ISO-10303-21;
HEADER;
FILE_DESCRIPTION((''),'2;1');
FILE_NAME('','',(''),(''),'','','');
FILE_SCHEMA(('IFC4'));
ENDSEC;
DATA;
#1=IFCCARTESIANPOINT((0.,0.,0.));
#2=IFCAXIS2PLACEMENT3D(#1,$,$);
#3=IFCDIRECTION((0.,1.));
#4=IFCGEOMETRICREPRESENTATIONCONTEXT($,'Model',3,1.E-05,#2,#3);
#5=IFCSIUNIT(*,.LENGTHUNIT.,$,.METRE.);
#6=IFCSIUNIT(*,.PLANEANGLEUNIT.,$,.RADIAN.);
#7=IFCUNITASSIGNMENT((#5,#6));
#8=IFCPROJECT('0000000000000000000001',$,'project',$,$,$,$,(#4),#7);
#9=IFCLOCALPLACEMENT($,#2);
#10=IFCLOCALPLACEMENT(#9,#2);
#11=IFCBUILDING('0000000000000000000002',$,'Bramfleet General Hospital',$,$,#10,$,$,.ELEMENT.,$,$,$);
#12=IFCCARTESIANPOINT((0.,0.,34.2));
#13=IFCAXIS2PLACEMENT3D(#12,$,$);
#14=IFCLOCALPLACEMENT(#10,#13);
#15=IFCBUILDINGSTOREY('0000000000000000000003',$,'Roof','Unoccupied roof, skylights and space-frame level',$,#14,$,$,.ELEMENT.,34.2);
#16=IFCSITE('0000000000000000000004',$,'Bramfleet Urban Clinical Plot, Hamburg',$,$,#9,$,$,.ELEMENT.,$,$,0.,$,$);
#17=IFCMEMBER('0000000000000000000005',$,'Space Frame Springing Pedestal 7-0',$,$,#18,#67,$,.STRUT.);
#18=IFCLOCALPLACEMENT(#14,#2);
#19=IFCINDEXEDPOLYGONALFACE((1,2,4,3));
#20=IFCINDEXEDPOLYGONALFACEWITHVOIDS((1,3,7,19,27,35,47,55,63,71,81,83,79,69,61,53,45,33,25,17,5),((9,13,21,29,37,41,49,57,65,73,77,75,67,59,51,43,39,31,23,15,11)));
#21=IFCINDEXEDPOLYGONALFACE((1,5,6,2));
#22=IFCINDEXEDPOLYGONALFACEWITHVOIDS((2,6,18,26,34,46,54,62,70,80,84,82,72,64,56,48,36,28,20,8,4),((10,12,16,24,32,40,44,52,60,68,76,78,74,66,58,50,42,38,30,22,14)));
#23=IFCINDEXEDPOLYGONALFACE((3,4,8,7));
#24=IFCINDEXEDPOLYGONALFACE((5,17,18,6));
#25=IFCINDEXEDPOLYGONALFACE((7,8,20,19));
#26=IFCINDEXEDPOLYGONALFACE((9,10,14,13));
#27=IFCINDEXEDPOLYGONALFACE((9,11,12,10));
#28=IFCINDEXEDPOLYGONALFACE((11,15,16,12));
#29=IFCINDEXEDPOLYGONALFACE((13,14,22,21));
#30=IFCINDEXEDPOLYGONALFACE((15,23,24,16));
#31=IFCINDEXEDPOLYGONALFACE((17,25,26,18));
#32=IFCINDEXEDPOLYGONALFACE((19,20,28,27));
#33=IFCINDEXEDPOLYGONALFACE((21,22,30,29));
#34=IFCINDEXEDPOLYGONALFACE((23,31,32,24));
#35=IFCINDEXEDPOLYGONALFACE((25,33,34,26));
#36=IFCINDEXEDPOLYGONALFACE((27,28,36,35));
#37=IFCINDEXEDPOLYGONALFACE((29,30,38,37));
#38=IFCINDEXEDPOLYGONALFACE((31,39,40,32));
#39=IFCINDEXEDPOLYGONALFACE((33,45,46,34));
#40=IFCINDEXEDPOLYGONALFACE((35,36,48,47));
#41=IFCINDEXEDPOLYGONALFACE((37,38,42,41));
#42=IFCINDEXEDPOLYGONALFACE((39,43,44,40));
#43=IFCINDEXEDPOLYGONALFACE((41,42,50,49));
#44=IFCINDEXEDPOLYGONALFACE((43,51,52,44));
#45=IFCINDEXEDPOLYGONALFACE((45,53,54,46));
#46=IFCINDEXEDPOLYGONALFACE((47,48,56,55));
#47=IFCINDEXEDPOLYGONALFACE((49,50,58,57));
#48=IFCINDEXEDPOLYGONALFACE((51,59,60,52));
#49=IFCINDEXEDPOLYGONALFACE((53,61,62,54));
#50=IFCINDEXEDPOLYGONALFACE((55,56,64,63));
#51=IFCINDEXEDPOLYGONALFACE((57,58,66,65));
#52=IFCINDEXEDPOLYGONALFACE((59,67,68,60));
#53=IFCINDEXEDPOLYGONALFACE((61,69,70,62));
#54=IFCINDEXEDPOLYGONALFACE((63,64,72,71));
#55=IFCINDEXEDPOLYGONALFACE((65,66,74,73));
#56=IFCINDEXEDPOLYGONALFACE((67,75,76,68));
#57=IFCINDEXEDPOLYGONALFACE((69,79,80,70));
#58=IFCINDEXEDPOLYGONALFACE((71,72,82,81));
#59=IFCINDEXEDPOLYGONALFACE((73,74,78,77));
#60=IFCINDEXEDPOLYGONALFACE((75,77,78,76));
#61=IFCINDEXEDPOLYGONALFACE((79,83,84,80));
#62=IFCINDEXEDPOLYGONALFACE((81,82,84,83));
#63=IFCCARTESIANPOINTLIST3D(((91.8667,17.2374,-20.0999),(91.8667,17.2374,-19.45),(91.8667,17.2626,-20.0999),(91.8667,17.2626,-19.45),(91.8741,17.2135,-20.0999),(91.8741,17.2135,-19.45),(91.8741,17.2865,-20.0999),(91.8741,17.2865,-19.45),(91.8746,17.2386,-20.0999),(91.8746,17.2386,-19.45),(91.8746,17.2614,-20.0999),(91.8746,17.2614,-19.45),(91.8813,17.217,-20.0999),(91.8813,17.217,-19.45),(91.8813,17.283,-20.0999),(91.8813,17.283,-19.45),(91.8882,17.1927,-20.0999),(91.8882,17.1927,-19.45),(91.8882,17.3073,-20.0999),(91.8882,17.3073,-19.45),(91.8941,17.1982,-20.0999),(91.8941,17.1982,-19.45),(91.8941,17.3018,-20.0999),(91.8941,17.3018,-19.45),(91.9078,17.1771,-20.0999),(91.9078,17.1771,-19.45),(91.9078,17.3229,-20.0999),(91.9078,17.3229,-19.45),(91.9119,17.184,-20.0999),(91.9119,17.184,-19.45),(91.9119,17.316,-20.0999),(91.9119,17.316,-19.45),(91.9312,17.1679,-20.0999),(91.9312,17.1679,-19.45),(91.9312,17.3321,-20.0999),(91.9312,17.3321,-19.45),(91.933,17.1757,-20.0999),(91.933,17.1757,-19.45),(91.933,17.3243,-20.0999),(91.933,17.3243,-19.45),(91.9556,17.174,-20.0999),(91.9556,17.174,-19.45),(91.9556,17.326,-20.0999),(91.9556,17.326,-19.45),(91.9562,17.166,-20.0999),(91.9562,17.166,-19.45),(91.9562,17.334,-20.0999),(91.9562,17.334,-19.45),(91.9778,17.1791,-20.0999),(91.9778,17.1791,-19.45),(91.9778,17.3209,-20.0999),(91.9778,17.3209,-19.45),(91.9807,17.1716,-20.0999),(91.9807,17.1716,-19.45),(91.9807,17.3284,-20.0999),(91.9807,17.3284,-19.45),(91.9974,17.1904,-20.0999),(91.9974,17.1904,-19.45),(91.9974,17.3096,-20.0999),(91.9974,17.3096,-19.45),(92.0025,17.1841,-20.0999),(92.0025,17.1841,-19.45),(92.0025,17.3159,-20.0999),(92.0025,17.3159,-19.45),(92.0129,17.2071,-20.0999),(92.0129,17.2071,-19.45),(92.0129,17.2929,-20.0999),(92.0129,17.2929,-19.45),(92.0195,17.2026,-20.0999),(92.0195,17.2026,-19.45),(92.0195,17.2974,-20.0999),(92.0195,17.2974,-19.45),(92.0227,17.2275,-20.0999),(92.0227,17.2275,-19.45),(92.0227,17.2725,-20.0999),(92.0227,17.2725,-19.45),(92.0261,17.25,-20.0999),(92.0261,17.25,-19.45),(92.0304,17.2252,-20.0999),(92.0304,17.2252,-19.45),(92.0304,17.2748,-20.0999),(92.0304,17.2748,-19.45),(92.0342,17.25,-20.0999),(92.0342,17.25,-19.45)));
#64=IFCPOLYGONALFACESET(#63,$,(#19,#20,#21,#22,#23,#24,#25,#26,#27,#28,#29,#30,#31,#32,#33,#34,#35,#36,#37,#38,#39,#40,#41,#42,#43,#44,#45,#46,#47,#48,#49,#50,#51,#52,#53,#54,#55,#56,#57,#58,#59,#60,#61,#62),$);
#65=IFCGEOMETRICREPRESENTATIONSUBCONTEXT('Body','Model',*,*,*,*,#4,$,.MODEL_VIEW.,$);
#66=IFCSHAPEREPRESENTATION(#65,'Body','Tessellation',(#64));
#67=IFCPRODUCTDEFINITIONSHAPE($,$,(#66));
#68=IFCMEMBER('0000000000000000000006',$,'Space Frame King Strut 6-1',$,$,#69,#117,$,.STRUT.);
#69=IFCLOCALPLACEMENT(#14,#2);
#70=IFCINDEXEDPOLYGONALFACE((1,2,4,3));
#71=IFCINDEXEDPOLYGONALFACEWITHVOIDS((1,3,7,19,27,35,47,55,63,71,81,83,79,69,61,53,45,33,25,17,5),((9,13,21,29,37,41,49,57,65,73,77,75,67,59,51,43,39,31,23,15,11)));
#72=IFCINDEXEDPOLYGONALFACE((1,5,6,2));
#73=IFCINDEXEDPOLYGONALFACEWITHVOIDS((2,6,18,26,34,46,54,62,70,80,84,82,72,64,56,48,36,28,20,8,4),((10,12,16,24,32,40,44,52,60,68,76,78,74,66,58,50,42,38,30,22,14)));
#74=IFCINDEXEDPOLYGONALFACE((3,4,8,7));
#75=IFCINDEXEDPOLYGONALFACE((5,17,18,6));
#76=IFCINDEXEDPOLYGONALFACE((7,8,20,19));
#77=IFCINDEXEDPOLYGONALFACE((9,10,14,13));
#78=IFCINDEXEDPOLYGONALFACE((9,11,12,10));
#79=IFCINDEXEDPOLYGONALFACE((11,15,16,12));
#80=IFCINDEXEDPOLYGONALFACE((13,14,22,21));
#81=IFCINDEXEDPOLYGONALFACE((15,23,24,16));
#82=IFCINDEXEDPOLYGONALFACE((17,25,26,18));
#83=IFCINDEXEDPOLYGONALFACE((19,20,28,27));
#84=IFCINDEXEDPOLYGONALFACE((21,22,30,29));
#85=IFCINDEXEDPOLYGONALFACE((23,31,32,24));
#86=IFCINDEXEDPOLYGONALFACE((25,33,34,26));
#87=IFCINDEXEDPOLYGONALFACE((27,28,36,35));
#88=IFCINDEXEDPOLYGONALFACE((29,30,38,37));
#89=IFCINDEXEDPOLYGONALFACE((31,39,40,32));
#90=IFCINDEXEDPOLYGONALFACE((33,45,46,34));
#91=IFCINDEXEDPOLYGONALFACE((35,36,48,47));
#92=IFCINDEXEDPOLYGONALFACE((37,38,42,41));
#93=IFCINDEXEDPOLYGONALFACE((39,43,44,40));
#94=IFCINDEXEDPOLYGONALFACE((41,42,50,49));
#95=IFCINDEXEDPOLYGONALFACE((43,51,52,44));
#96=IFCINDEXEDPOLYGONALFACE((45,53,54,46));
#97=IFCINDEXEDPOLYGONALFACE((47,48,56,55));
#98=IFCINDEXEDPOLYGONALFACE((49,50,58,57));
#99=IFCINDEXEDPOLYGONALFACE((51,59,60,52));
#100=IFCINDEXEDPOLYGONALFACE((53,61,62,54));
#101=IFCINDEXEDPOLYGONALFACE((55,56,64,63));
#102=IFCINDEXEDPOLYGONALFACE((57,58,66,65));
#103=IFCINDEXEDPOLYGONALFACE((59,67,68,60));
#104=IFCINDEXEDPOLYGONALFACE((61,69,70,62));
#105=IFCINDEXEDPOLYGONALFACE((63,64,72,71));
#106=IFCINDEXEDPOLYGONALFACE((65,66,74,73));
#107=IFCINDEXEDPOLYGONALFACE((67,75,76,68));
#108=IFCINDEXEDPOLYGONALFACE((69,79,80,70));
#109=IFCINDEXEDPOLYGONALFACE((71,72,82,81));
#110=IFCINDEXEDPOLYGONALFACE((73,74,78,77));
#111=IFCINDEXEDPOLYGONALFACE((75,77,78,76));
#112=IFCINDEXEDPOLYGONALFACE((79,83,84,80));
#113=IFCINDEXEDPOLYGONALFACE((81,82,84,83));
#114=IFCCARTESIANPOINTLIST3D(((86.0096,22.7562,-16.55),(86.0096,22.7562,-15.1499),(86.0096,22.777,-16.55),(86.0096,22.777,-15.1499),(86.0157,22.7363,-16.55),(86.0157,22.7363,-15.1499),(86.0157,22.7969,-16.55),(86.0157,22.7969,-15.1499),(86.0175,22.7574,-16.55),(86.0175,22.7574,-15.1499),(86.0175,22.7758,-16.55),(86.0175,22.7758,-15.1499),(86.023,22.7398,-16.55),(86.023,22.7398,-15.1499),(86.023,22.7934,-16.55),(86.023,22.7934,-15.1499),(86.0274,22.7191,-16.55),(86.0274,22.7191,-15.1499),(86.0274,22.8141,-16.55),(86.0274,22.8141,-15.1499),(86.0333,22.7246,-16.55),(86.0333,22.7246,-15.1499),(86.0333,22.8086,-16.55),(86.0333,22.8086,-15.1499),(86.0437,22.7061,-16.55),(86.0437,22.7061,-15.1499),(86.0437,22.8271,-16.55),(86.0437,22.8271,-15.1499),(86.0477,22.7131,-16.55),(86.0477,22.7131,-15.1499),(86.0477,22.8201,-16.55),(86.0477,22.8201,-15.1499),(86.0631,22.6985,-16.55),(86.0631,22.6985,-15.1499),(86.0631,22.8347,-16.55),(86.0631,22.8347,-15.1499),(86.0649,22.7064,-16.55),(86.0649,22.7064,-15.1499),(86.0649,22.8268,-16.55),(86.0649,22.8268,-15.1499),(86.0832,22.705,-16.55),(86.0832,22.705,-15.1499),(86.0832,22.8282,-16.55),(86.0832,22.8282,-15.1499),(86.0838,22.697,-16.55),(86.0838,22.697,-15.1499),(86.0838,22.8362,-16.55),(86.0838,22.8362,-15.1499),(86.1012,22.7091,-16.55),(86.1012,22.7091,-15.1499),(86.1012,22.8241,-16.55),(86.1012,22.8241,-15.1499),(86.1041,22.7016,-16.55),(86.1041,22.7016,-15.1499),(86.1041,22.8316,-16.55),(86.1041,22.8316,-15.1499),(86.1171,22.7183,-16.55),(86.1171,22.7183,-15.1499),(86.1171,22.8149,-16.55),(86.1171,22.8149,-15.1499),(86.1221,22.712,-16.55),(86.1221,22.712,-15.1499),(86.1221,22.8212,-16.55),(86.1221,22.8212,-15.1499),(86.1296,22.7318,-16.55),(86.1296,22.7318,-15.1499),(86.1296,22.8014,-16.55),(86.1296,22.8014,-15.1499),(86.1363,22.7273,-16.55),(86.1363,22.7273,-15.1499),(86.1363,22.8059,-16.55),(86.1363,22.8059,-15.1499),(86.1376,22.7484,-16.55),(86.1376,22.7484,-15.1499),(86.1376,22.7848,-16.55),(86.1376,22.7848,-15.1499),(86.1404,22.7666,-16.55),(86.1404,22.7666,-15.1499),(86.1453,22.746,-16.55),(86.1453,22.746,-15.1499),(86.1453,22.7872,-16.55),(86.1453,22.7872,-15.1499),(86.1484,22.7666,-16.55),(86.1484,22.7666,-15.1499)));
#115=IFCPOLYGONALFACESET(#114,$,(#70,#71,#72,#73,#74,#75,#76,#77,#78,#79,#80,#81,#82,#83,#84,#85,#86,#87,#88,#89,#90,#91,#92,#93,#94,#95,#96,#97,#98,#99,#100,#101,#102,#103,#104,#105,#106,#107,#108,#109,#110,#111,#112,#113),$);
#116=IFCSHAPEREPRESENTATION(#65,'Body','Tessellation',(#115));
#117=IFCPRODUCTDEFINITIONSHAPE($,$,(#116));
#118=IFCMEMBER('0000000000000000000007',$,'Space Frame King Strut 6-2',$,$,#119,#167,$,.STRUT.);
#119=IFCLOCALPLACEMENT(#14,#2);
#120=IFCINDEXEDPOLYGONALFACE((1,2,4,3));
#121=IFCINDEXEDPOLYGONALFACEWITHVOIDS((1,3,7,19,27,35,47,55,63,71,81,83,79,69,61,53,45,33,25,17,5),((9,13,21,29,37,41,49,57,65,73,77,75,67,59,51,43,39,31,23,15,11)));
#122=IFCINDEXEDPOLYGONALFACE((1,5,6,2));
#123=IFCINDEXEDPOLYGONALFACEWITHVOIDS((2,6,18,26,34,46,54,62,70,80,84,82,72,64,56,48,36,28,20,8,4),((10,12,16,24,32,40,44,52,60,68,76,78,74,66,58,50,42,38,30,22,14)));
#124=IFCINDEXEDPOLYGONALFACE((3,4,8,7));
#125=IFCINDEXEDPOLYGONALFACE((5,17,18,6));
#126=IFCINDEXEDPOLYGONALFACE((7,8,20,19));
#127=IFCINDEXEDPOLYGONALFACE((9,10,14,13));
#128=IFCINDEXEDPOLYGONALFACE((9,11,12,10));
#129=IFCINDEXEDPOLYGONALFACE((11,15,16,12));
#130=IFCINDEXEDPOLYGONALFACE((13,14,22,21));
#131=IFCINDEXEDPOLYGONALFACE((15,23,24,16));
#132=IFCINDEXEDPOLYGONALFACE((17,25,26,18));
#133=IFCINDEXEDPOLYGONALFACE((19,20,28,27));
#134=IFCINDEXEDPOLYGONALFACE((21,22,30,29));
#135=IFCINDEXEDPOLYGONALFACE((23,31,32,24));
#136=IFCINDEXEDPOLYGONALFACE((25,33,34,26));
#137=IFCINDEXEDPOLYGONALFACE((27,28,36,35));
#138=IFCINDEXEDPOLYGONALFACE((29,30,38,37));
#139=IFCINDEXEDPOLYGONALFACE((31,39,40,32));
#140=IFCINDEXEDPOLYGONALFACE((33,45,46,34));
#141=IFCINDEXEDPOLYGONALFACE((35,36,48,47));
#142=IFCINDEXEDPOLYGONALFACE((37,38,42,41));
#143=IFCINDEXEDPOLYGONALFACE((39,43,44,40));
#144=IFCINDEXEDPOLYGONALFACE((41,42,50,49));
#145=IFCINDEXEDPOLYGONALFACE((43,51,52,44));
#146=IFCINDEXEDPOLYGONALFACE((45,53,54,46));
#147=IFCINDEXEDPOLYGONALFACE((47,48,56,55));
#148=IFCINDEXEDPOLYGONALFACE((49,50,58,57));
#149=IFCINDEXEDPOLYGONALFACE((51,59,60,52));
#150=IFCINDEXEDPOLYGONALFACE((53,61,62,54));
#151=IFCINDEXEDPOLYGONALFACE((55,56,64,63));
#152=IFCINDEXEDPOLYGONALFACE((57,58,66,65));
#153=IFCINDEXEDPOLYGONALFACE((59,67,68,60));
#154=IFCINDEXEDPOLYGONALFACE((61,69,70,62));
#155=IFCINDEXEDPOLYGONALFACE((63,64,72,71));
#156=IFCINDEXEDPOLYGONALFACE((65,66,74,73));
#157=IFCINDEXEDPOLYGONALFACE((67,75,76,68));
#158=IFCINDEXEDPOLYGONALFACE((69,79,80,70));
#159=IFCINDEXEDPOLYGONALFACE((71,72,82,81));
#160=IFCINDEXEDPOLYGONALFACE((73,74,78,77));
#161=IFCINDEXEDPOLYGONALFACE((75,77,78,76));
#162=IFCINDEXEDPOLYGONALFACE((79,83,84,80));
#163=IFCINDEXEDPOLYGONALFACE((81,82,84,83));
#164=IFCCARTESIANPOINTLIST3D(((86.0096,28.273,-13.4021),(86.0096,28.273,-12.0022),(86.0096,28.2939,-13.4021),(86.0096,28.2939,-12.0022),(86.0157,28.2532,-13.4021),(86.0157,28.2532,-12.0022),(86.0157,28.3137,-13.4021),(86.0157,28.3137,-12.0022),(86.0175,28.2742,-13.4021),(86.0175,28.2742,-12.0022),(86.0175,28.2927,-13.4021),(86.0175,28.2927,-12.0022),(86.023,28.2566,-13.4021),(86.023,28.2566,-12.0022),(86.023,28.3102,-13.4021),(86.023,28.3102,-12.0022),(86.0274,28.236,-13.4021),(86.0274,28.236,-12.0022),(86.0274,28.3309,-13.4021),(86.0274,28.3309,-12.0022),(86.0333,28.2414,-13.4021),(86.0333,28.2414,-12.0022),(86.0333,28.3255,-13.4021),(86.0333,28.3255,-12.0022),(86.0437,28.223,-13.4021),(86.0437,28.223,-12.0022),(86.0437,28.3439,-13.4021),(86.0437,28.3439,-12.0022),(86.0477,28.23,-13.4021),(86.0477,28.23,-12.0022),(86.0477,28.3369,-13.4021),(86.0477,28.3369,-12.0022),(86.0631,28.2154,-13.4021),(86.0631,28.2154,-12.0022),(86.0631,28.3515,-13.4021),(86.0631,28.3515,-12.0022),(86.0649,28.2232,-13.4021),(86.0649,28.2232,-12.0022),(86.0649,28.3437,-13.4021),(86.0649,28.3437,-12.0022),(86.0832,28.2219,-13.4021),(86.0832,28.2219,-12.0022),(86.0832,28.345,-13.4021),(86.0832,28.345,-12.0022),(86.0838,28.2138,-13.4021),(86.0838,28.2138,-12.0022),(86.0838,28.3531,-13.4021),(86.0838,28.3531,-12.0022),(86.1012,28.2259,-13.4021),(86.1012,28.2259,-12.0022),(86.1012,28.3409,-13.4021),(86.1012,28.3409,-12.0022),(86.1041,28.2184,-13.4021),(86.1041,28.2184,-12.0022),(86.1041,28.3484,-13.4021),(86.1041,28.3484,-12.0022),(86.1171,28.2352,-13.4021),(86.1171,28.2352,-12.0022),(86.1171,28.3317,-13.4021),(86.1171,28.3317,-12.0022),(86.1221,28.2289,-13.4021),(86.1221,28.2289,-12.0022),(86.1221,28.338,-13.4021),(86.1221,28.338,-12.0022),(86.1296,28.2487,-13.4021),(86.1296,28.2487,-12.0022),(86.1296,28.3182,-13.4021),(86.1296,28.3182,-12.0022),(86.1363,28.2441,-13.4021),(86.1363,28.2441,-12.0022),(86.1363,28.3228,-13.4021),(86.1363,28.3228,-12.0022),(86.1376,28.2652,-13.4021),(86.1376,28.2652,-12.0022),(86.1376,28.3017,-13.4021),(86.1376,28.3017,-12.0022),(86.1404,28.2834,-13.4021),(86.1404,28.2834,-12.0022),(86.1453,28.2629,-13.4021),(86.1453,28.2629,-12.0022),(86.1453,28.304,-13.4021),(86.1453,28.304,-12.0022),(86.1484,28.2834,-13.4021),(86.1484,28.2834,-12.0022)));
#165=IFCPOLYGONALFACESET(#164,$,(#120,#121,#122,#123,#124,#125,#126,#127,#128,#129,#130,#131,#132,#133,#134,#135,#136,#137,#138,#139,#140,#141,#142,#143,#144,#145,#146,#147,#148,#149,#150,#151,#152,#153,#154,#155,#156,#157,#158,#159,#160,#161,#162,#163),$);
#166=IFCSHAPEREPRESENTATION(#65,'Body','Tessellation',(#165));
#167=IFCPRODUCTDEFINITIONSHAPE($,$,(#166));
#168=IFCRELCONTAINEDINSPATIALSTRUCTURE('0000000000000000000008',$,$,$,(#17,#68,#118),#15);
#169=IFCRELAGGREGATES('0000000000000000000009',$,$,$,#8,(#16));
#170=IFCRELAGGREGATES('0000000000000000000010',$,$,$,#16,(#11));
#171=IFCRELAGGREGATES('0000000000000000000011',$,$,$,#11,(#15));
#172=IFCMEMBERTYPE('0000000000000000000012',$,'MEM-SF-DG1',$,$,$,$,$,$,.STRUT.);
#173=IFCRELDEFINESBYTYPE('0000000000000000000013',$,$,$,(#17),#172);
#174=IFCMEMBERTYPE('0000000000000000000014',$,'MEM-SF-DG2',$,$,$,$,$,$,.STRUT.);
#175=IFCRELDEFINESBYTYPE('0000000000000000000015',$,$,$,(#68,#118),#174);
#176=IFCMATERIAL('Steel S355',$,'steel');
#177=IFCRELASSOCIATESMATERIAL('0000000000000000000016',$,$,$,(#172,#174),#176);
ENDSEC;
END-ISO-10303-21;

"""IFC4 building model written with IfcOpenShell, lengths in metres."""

from ifc_helpers import new_model, si_unit, direction, frame, origin, origin_2d, place, context, subcontext, project, spatial, hollow_circle, extrude, material, material_profile, profile_set, type_object, element, save


model = new_model("IFC4")

# Units and contexts
model_context = context("Model", 3, precision=1e-05, world=origin(), true_north=direction((0.0, 1.0)))
body_context = subcontext(model_context, "Body", "Model", "MODEL_VIEW")
ifc_project = project(units=[si_unit("LENGTHUNIT", "METRE"), si_unit("PLANEANGLEUNIT", "RADIAN")], contexts=[model_context])

# Site, building, storey
site_placement = place(None, origin())
site = spatial("IfcSite", under=ifc_project, at=site_placement, Name="Bramfleet Urban Clinical Plot, Hamburg", CompositionType="ELEMENT", RefElevation=0.0)
building_placement = place(site_placement, origin())
building = spatial("IfcBuilding", under=site, at=building_placement, Name="Bramfleet General Hospital", CompositionType="ELEMENT")
storey_placement = place(building_placement, frame((0.0, 0.0, 34.2)))
storey = spatial("IfcBuildingStorey", under=building, at=storey_placement, Name="Roof", Description="Unoccupied roof, skylights and space-frame level", CompositionType="ELEMENT", Elevation=34.2)

# Members
ifc_material_1 = material(Name="Steel S355", Category="steel")
ifc_material_profile_1 = material_profile(ifc_material_1, hollow_circle(Radius=0.0842, WallThickness=0.0081, at=origin_2d()), Name="CHS 168.3x8.0")
ifc_profile_set_1 = profile_set([ifc_material_profile_1], Name="Steel S355")
member_type_1 = type_object("IfcMemberType", Name="MEM-SF-DG1", PredefinedType="STRUT", material=ifc_profile_set_1)
for number, where, z_axis, x_axis, name in (
    (1, (91.95, 17.25, -20.0999), (0.0, 0.0, 1.0), (1.0, 0.0, 0.0), "Space Frame Springing Pedestal 7-0"),
):
    element("IfcMember", number, at=place(storey_placement, frame(where, z_axis=z_axis, x_axis=x_axis)), inside=storey, type_object=member_type_1, Name=name, PredefinedType="STRUT", context=body_context, shape_type="SweptSolid", body=[
        extrude(hollow_circle(Radius=0.0842, WallThickness=0.0081, at=origin_2d()), origin(), (0.0, 0.0, 1.0), 0.6499),
    ])
ifc_material_profile_2 = material_profile(ifc_material_1, hollow_circle(Radius=0.0698, WallThickness=0.0081, at=origin_2d()), Name="CHS 139.7x8.0")
ifc_profile_set_2 = profile_set([ifc_material_profile_2], Name="Steel S355")
member_type_2 = type_object("IfcMemberType", Name="MEM-SF-DG2", PredefinedType="STRUT", material=ifc_profile_set_2)
member_1_placement = place(storey_placement, frame((86.0786, 22.7666, -16.55), z_axis=(0.0, 0.0, 1.0), x_axis=(1.0, 0.0, 0.0)))
element("IfcMember", 2, at=member_1_placement, inside=storey, type_object=member_type_2, Name="Space Frame King Strut 6-1", PredefinedType="STRUT", context=body_context, shape_type="SweptSolid", body=[
    extrude(hollow_circle(Radius=0.0698, WallThickness=0.0081, at=origin_2d()), origin(), (0.0, 0.0, 1.0), 1.4001),
])
member_2_placement = place(storey_placement, frame((86.0786, 28.2834, -13.4021), z_axis=(0.0, 0.0, 1.0), x_axis=(1.0, 0.0, 0.0)))
element("IfcMember", 3, at=member_2_placement, inside=storey, type_object=member_type_2, Name="Space Frame King Strut 6-2", PredefinedType="STRUT", context=body_context, shape_type="SweptSolid", body=[
    extrude(hollow_circle(Radius=0.0698, WallThickness=0.0081, at=origin_2d()), origin(), (0.0, 0.0, 1.0), 1.3999),
])

save(model, "model.ifc")
